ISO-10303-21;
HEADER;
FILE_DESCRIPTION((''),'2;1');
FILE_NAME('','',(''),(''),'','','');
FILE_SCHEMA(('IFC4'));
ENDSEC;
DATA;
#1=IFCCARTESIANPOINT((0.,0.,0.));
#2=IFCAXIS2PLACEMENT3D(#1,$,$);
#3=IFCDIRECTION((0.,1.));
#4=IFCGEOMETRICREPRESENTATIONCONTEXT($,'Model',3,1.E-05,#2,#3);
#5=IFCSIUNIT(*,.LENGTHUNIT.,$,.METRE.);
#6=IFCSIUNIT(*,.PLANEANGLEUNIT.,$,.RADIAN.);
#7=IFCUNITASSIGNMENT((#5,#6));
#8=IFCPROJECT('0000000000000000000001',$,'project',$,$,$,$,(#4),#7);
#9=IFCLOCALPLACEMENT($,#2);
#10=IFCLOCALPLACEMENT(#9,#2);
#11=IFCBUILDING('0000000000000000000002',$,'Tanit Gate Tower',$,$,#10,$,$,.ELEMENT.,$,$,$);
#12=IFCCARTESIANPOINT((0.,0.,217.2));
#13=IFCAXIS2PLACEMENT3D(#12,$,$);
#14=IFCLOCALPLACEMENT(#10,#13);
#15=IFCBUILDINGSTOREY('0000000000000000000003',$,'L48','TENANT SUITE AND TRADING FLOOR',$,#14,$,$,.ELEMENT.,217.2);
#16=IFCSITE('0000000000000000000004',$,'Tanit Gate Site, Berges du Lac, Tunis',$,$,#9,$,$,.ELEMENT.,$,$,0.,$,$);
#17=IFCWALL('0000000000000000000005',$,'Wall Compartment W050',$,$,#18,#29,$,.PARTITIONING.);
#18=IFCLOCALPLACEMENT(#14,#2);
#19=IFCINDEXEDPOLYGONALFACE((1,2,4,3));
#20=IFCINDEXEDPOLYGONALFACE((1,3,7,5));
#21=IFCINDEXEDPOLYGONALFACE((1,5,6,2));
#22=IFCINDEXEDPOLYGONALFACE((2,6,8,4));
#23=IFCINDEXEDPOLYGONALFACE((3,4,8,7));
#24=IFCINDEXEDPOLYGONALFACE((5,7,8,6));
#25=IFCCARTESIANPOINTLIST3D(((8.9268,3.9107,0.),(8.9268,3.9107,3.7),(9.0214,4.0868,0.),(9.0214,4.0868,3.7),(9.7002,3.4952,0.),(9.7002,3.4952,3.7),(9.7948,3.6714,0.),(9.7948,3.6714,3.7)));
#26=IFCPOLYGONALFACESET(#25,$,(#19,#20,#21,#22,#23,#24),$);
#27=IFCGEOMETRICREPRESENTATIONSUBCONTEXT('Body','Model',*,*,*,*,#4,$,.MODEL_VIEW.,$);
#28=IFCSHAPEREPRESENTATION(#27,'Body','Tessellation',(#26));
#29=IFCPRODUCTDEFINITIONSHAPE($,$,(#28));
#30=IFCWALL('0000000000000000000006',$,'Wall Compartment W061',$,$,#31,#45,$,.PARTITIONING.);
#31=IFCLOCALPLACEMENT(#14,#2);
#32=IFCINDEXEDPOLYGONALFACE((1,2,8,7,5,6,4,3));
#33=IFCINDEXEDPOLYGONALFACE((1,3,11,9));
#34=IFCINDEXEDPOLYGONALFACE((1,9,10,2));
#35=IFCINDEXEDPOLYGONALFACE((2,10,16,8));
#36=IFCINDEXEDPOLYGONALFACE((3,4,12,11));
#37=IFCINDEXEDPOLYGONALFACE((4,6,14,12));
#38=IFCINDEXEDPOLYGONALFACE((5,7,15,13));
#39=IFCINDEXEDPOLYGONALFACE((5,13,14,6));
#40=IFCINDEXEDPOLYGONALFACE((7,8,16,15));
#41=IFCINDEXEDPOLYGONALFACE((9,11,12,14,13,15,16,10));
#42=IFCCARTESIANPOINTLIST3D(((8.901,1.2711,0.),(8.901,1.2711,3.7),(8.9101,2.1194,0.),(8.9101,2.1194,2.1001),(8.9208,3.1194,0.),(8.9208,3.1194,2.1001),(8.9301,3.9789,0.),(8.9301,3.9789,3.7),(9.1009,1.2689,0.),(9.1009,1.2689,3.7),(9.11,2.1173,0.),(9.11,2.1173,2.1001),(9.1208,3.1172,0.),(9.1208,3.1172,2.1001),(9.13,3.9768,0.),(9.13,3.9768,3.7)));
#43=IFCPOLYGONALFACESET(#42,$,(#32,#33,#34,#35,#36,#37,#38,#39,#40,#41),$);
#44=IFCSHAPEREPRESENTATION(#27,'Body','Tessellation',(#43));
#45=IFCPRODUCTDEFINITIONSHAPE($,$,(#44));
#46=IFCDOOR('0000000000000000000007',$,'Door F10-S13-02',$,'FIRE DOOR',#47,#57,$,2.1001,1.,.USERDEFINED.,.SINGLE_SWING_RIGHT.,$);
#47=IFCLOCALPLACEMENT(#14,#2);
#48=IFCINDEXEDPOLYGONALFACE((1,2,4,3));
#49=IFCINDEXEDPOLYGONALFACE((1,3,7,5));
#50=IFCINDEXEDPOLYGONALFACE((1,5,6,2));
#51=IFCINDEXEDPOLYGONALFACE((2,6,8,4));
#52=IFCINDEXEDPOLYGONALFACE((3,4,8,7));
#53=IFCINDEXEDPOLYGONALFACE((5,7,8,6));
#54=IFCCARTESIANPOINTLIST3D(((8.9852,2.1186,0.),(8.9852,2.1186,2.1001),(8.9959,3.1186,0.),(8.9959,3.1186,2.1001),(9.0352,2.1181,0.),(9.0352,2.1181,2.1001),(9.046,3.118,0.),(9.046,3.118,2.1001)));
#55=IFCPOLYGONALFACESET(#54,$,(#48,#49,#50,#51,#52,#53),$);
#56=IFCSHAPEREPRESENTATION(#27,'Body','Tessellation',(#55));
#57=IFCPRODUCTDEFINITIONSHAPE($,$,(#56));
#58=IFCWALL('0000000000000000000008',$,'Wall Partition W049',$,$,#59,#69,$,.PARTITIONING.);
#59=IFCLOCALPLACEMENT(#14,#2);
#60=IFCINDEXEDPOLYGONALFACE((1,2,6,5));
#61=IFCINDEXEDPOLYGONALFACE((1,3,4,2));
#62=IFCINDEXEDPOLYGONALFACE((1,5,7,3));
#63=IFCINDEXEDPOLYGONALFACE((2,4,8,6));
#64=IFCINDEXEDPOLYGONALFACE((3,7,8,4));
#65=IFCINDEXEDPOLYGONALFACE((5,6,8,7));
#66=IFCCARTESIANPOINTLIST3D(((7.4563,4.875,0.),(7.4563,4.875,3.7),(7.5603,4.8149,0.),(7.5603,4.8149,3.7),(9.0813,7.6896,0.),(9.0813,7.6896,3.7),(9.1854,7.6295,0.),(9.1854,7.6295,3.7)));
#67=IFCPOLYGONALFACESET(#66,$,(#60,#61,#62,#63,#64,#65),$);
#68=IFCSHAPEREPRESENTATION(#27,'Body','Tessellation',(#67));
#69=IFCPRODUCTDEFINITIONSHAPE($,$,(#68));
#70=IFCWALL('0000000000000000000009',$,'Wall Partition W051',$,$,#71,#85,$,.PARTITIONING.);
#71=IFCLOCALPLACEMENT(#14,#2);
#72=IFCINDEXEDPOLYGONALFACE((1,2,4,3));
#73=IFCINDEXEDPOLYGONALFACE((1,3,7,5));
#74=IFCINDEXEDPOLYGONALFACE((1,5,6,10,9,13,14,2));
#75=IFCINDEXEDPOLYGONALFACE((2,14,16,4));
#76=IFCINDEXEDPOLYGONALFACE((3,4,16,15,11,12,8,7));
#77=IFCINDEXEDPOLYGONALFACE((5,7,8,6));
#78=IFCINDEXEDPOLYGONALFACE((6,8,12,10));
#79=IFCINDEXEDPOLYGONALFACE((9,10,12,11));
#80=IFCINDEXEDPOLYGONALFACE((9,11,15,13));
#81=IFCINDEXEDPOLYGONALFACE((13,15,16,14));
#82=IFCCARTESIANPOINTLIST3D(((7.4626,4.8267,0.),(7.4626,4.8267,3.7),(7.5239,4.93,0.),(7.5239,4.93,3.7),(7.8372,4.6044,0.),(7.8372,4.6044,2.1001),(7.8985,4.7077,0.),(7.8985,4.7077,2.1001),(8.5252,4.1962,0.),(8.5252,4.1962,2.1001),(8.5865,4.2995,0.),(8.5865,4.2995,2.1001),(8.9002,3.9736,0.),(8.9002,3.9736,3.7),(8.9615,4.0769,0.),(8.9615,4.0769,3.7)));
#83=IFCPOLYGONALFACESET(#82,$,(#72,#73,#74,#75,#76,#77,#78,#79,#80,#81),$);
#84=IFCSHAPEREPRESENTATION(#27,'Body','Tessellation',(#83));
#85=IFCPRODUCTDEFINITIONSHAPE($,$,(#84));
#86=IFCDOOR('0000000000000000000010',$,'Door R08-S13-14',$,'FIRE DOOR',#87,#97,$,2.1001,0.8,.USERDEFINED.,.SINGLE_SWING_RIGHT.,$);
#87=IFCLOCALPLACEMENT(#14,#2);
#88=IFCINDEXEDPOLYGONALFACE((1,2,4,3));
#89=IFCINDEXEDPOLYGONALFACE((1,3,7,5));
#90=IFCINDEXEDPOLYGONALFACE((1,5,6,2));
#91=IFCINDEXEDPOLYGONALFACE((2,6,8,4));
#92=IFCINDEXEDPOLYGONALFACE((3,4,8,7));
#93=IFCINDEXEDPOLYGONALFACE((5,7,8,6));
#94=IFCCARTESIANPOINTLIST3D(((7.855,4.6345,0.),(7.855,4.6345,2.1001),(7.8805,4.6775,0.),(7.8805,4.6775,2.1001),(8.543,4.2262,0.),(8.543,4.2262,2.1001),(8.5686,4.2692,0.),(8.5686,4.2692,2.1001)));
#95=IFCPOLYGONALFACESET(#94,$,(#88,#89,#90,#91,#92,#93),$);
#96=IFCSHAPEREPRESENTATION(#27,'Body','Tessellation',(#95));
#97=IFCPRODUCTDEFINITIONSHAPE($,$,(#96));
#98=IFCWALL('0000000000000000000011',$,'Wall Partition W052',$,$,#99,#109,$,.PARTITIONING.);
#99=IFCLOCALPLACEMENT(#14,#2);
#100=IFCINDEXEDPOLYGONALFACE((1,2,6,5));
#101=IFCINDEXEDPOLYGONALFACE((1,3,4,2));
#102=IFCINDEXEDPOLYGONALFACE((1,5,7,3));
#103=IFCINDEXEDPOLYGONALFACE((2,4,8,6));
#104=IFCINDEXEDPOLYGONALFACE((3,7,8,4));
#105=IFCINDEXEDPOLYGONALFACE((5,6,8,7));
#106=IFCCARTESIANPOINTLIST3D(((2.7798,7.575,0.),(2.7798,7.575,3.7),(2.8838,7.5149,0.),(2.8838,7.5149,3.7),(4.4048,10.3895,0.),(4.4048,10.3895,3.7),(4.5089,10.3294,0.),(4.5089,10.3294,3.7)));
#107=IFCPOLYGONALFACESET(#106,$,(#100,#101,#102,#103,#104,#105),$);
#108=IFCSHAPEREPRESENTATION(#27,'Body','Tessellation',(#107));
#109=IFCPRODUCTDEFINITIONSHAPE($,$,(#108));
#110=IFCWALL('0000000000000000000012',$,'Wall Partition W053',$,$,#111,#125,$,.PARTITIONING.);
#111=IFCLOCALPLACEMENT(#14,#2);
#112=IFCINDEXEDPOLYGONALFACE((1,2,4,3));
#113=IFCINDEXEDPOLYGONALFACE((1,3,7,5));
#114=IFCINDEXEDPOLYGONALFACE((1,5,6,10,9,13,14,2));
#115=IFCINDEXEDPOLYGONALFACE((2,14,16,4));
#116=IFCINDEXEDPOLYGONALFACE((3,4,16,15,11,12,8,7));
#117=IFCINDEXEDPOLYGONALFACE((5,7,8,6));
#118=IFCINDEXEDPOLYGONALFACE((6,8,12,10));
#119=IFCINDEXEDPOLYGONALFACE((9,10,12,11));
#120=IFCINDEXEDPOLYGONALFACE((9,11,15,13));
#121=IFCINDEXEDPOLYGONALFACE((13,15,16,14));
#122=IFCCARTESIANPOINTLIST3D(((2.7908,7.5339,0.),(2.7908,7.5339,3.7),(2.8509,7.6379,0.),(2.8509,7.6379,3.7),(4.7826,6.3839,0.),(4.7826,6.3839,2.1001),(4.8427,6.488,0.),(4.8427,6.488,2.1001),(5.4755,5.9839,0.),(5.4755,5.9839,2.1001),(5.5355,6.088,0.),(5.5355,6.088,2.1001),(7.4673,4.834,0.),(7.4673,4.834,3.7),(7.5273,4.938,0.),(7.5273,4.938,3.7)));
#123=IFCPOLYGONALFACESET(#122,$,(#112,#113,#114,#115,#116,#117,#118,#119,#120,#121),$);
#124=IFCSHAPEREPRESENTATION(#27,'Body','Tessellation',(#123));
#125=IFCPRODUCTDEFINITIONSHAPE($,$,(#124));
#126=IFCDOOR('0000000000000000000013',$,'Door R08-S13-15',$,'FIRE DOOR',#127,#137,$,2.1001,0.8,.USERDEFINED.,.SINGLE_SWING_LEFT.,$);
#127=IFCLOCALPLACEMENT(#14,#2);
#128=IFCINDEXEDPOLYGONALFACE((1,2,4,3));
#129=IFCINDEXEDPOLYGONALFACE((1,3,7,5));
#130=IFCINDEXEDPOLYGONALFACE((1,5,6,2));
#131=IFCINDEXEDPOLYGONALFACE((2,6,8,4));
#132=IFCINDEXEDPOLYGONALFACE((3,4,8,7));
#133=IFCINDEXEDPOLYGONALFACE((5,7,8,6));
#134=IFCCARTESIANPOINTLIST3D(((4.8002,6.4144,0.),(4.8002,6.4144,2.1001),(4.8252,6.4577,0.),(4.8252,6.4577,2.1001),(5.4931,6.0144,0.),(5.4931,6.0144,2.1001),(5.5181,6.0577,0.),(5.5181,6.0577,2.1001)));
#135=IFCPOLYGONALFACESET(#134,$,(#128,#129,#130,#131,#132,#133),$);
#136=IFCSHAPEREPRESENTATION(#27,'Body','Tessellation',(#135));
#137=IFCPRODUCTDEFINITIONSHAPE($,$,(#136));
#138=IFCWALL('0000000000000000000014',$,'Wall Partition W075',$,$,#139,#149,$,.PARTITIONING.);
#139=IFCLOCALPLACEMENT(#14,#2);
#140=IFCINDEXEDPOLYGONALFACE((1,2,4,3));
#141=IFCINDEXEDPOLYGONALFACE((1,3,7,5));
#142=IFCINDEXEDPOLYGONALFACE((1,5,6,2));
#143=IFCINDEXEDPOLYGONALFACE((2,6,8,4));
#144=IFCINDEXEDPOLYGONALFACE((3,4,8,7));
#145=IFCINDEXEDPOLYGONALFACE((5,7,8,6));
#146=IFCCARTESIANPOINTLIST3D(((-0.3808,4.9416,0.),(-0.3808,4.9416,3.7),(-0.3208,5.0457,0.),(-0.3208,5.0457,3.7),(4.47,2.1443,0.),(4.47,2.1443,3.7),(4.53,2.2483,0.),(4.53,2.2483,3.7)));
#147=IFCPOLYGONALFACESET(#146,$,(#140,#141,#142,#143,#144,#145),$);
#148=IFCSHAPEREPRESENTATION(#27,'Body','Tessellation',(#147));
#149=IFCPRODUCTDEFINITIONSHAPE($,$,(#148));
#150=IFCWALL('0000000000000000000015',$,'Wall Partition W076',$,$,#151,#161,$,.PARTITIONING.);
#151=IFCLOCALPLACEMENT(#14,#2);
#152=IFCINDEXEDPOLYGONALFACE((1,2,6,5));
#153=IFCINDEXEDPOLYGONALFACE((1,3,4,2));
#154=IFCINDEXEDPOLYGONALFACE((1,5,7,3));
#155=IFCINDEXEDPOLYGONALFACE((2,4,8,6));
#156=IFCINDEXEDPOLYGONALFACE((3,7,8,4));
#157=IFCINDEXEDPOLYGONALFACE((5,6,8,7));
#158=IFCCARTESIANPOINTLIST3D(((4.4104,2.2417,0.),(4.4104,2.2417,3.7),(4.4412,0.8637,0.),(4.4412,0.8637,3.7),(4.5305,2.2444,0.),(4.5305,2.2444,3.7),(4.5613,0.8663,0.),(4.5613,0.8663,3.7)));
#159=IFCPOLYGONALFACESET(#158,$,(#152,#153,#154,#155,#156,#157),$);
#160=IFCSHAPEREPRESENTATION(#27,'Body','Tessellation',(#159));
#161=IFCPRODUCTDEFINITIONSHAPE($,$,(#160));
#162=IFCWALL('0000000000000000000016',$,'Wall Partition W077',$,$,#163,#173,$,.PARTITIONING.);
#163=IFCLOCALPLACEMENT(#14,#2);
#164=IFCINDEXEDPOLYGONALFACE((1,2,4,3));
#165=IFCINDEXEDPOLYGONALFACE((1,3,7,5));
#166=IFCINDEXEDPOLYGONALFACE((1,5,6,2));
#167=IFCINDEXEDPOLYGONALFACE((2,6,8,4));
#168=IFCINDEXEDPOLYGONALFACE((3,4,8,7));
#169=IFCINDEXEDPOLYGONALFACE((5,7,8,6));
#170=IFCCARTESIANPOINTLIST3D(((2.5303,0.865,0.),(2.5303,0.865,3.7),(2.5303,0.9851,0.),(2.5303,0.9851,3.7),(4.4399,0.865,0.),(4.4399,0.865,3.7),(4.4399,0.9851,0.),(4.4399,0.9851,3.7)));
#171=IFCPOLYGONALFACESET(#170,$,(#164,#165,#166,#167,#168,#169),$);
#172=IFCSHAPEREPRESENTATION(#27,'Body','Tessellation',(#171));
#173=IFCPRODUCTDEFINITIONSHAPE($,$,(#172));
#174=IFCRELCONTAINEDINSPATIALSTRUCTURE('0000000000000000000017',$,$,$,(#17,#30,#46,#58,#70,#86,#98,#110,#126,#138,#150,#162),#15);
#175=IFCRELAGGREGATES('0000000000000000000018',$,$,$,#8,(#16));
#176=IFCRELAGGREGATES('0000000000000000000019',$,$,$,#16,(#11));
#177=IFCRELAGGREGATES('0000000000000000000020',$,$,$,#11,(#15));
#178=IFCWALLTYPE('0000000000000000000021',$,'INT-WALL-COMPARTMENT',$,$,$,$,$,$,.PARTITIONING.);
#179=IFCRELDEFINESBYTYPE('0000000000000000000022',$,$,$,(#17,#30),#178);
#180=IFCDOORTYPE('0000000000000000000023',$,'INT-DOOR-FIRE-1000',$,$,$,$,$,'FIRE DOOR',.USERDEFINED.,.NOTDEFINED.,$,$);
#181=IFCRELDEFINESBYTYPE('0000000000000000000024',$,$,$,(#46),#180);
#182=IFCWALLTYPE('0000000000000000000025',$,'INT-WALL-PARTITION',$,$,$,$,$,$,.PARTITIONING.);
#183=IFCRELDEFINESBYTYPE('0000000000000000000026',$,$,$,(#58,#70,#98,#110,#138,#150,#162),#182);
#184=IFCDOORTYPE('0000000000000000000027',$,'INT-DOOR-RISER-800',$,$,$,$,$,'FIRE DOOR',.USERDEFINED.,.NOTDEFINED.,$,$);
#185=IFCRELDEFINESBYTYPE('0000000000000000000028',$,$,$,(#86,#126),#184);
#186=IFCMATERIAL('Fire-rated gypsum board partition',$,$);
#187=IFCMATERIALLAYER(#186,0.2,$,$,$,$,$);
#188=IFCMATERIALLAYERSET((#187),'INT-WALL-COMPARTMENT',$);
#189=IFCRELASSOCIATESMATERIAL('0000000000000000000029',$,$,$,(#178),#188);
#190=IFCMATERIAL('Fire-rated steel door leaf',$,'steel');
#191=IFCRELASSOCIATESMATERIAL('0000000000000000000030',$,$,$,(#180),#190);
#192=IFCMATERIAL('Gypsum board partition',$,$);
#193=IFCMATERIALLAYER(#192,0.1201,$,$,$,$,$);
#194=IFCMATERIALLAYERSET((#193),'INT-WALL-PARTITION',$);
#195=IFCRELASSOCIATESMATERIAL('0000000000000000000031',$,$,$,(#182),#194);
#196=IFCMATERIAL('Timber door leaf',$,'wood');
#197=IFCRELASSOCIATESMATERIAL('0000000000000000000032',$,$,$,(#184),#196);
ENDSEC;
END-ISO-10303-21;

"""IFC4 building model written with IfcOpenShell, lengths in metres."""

from ifc_helpers import new_model, si_unit, direction, frame, frame_2d, origin, place, context, subcontext, project, spatial, rectangle, extrude, material, layer, layer_set, type_object, element, fill, save


model = new_model("IFC4")

# Units and contexts
model_context = context("Model", 3, precision=1e-05, world=origin(), true_north=direction((0.0, 1.0)))
body_context = subcontext(model_context, "Body", "Model", "MODEL_VIEW")
ifc_project = project(units=[si_unit("LENGTHUNIT", "METRE"), si_unit("PLANEANGLEUNIT", "RADIAN")], contexts=[model_context])

# Site, building, storey
site_placement = place(None, origin())
site = spatial("IfcSite", under=ifc_project, at=site_placement, Name="Tanit Gate Site, Berges du Lac, Tunis", CompositionType="ELEMENT", RefElevation=0.0)
building_placement = place(site_placement, origin())
building = spatial("IfcBuilding", under=site, at=building_placement, Name="Tanit Gate Tower", CompositionType="ELEMENT")
storey_placement = place(building_placement, frame((0.0, 0.0, 217.2)))
storey = spatial("IfcBuildingStorey", under=building, at=storey_placement, Name="L48", Description="TENANT SUITE AND TRADING FLOOR", CompositionType="ELEMENT", Elevation=217.2)

# Wall
ifc_material_1 = material(Name="Fire-rated gypsum board partition")
ifc_layer_1 = layer(ifc_material_1, 0.2)
ifc_layer_set_1 = layer_set([ifc_layer_1], Name="INT-WALL-COMPARTMENT")
wall_type_1 = type_object("IfcWallType", Name="INT-WALL-COMPARTMENT", PredefinedType="PARTITIONING", material=ifc_layer_set_1)
wall_1_placement = place(storey_placement, frame((8.9741, 3.9988, 0.0), z_axis=(0.0, 0.0, 1.0), x_axis=(0.880917, -0.473271, 0.0)))
element("IfcWall", 1, at=wall_1_placement, inside=storey, type_object=wall_type_1, Name="Wall Compartment W050", PredefinedType="PARTITIONING", context=body_context, shape_type="SweptSolid", body=[
    extrude(rectangle(XDim=0.8779, YDim=0.2, at=frame_2d((0.439, 0.0))), origin(), (0.0, 0.0, 1.0), 3.7),
])

# Wall, opening, door
wall_2_placement = place(storey_placement, frame((9.001, 1.27, 0.0), z_axis=(0.0, 0.0, 1.0), x_axis=(0.010729, 0.999942, 0.0)))
wall_2 = element("IfcWall", 2, at=wall_2_placement, inside=storey, type_object=wall_type_1, Name="Wall Compartment W061", PredefinedType="PARTITIONING", context=body_context, shape_type="SweptSolid", body=[
    extrude(rectangle(XDim=2.708, YDim=0.2, at=frame_2d((1.354, 0.0))), origin(), (0.0, 0.0, 1.0), 3.7),
])
opening_1_placement = place(wall_2_placement, frame((0.8484, 0.0, 0.0)))
opening_1 = element("IfcOpeningElement", 3, at=opening_1_placement, cuts=wall_2, PredefinedType="OPENING", context=body_context, shape_type="SweptSolid", body=[
    extrude(rectangle(XDim=1.0, YDim=2.1001, at=frame_2d((0.5, 1.05))), frame((0.0, 0.1099, 0.0), z_axis=(0.0, -1.0, 0.0), x_axis=(1.0, 0.0, 0.0)), (0.0, 0.0, 1.0), 0.22),
])
ifc_material_2 = material(Name="Fire-rated steel door leaf", Category="steel")
door_type_1 = type_object("IfcDoorType", Name="INT-DOOR-FIRE-1000", ElementType="FIRE DOOR", OperationType="NOTDEFINED", PredefinedType="USERDEFINED", material=ifc_material_2)
door_1_placement = place(opening_1_placement, origin())
door_1 = element("IfcDoor", 4, at=door_1_placement, inside=storey, type_object=door_type_1, Name="Door F10-S13-02", ObjectType="FIRE DOOR", OperationType="SINGLE_SWING_RIGHT", OverallHeight=2.1001, OverallWidth=1.0, PredefinedType="USERDEFINED", context=body_context, shape_type="SweptSolid", body=[
    extrude(rectangle(XDim=1.0, YDim=2.1001, at=frame_2d((0.5, 1.05))), frame((0.0, 0.0249, 0.0), z_axis=(0.0, -1.0, 0.0), x_axis=(1.0, 0.0, 0.0)), (0.0, 0.0, 1.0), 0.05),
])
fill(opening_1, door_1)

# Wall
ifc_material_3 = material(Name="Gypsum board partition")
ifc_layer_2 = layer(ifc_material_3, 0.1201)
ifc_layer_set_2 = layer_set([ifc_layer_2], Name="INT-WALL-PARTITION")
wall_type_2 = type_object("IfcWallType", Name="INT-WALL-PARTITION", PredefinedType="PARTITIONING", material=ifc_layer_set_2)
wall_3_placement = place(storey_placement, frame((7.5083, 4.845, 0.0), z_axis=(0.0, 0.0, 1.0), x_axis=(0.500017, 0.866015, 0.0)))
element("IfcWall", 5, at=wall_3_placement, inside=storey, type_object=wall_type_2, Name="Wall Partition W049", PredefinedType="PARTITIONING", context=body_context, shape_type="SweptSolid", body=[
    extrude(rectangle(XDim=3.25, YDim=0.1201, at=frame_2d((1.625, 0.0))), origin(), (0.0, 0.0, 1.0), 3.7),
])

# Wall, opening, door
wall_4_placement = place(storey_placement, frame((7.4932, 4.8784, 0.0), z_axis=(0.0, 0.0, 1.0), x_axis=(0.859983, -0.510323, 0.0)))
wall_4 = element("IfcWall", 6, at=wall_4_placement, inside=storey, type_object=wall_type_2, Name="Wall Partition W051", PredefinedType="PARTITIONING", context=body_context, shape_type="SweptSolid", body=[
    extrude(rectangle(XDim=1.6716, YDim=0.1201, at=frame_2d((0.8359, 0.0))), origin(), (0.0, 0.0, 1.0), 3.7),
])
opening_2_placement = place(wall_4_placement, frame((0.4358, 0.0, 0.0)))
opening_2 = element("IfcOpeningElement", 7, at=opening_2_placement, cuts=wall_4, PredefinedType="OPENING", context=body_context, shape_type="SweptSolid", body=[
    extrude(rectangle(XDim=0.8, YDim=2.1001, at=frame_2d((0.3999, 1.05))), frame((0.0, 0.0701, 0.0), z_axis=(0.0, -1.0, 0.0), x_axis=(1.0, 0.0, 0.0)), (0.0, 0.0, 1.0), 0.1401),
])
ifc_material_4 = material(Name="Timber door leaf", Category="wood")
door_type_2 = type_object("IfcDoorType", Name="INT-DOOR-RISER-800", ElementType="FIRE DOOR", OperationType="NOTDEFINED", PredefinedType="USERDEFINED", material=ifc_material_4)
door_2_placement = place(opening_2_placement, origin())
door_2 = element("IfcDoor", 8, at=door_2_placement, inside=storey, type_object=door_type_2, Name="Door R08-S13-14", ObjectType="FIRE DOOR", OperationType="SINGLE_SWING_RIGHT", OverallHeight=2.1001, OverallWidth=0.8, PredefinedType="USERDEFINED", context=body_context, shape_type="SweptSolid", body=[
    extrude(rectangle(XDim=0.8, YDim=2.1001, at=frame_2d((0.3999, 1.05))), frame((0.0, 0.0249, 0.0), z_axis=(0.0, -1.0, 0.0), x_axis=(1.0, 0.0, 0.0)), (0.0, 0.0, 1.0), 0.05),
])
fill(opening_2, door_2)

# Wall
wall_5_placement = place(storey_placement, frame((2.8318, 7.5449, 0.0), z_axis=(0.0, 0.0, 1.0), x_axis=(0.500017, 0.866015, 0.0)))
element("IfcWall", 9, at=wall_5_placement, inside=storey, type_object=wall_type_2, Name="Wall Partition W052", PredefinedType="PARTITIONING", context=body_context, shape_type="SweptSolid", body=[
    extrude(rectangle(XDim=3.25, YDim=0.1201, at=frame_2d((1.625, 0.0))), origin(), (0.0, 0.0, 1.0), 3.7),
])

# Wall, opening, door
wall_6_placement = place(storey_placement, frame((7.4973, 4.886, 0.0), z_axis=(0.0, 0.0, 1.0), x_axis=(-0.866028, 0.499995, 0.0)))
wall_6 = element("IfcWall", 10, at=wall_6_placement, inside=storey, type_object=wall_type_2, Name="Wall Partition W053", PredefinedType="PARTITIONING", context=body_context, shape_type="SweptSolid", body=[
    extrude(rectangle(XDim=5.3999, YDim=0.1201, at=frame_2d((2.7, 0.0))), origin(), (0.0, 0.0, 1.0), 3.7),
])
opening_3_placement = place(wall_6_placement, frame((2.3, 0.0, 0.0)))
opening_3 = element("IfcOpeningElement", 11, at=opening_3_placement, cuts=wall_6, PredefinedType="OPENING", context=body_context, shape_type="SweptSolid", body=[
    extrude(rectangle(XDim=0.8, YDim=2.1001, at=frame_2d((0.3999, 1.05))), frame((0.0, 0.0701, 0.0), z_axis=(0.0, -1.0, 0.0), x_axis=(1.0, 0.0, 0.0)), (0.0, 0.0, 1.0), 0.1401),
])
door_3_placement = place(opening_3_placement, origin())
door_3 = element("IfcDoor", 12, at=door_3_placement, inside=storey, type_object=door_type_2, Name="Door R08-S13-15", ObjectType="FIRE DOOR", OperationType="SINGLE_SWING_LEFT", OverallHeight=2.1001, OverallWidth=0.8, PredefinedType="USERDEFINED", context=body_context, shape_type="SweptSolid", body=[
    extrude(rectangle(XDim=0.8, YDim=2.1001, at=frame_2d((0.3999, 1.05))), frame((0.0, 0.0249, 0.0), z_axis=(0.0, -1.0, 0.0), x_axis=(1.0, 0.0, 0.0)), (0.0, 0.0, 1.0), 0.05),
])
fill(opening_3, door_3)

# Walls
wall_7_placement = place(storey_placement, frame((-0.3508, 4.9937, 0.0), z_axis=(0.0, 0.0, 1.0), x_axis=(0.866278, -0.499563, 0.0)))
element("IfcWall", 13, at=wall_7_placement, inside=storey, type_object=wall_type_2, Name="Wall Partition W075", PredefinedType="PARTITIONING", context=body_context, shape_type="SweptSolid", body=[
    extrude(rectangle(XDim=5.5996, YDim=0.1201, at=frame_2d((2.7998, 0.0))), origin(), (0.0, 0.0, 1.0), 3.7),
])
wall_8_placement = place(storey_placement, frame((4.5012, 0.865, 0.0), z_axis=(0.0, 0.0, 1.0), x_axis=(-0.022315, 0.999751, 0.0)))
element("IfcWall", 14, at=wall_8_placement, inside=storey, type_object=wall_type_2, Name="Wall Partition W076", PredefinedType="PARTITIONING", context=body_context, shape_type="SweptSolid", body=[
    extrude(rectangle(XDim=1.3784, YDim=0.1201, at=frame_2d((0.6892, 0.0))), origin(), (0.0, 0.0, 1.0), 3.7),
])
wall_9_placement = place(storey_placement, frame((2.5303, 0.925, 0.0), z_axis=(0.0, 0.0, 1.0), x_axis=(1.0, 0.0, 0.0)))
element("IfcWall", 15, at=wall_9_placement, inside=storey, type_object=wall_type_2, Name="Wall Partition W077", PredefinedType="PARTITIONING", context=body_context, shape_type="SweptSolid", body=[
    extrude(rectangle(XDim=1.9097, YDim=0.1201, at=frame_2d((0.9548, 0.0))), origin(), (0.0, 0.0, 1.0), 3.7),
])

save(model, "model.ifc")
